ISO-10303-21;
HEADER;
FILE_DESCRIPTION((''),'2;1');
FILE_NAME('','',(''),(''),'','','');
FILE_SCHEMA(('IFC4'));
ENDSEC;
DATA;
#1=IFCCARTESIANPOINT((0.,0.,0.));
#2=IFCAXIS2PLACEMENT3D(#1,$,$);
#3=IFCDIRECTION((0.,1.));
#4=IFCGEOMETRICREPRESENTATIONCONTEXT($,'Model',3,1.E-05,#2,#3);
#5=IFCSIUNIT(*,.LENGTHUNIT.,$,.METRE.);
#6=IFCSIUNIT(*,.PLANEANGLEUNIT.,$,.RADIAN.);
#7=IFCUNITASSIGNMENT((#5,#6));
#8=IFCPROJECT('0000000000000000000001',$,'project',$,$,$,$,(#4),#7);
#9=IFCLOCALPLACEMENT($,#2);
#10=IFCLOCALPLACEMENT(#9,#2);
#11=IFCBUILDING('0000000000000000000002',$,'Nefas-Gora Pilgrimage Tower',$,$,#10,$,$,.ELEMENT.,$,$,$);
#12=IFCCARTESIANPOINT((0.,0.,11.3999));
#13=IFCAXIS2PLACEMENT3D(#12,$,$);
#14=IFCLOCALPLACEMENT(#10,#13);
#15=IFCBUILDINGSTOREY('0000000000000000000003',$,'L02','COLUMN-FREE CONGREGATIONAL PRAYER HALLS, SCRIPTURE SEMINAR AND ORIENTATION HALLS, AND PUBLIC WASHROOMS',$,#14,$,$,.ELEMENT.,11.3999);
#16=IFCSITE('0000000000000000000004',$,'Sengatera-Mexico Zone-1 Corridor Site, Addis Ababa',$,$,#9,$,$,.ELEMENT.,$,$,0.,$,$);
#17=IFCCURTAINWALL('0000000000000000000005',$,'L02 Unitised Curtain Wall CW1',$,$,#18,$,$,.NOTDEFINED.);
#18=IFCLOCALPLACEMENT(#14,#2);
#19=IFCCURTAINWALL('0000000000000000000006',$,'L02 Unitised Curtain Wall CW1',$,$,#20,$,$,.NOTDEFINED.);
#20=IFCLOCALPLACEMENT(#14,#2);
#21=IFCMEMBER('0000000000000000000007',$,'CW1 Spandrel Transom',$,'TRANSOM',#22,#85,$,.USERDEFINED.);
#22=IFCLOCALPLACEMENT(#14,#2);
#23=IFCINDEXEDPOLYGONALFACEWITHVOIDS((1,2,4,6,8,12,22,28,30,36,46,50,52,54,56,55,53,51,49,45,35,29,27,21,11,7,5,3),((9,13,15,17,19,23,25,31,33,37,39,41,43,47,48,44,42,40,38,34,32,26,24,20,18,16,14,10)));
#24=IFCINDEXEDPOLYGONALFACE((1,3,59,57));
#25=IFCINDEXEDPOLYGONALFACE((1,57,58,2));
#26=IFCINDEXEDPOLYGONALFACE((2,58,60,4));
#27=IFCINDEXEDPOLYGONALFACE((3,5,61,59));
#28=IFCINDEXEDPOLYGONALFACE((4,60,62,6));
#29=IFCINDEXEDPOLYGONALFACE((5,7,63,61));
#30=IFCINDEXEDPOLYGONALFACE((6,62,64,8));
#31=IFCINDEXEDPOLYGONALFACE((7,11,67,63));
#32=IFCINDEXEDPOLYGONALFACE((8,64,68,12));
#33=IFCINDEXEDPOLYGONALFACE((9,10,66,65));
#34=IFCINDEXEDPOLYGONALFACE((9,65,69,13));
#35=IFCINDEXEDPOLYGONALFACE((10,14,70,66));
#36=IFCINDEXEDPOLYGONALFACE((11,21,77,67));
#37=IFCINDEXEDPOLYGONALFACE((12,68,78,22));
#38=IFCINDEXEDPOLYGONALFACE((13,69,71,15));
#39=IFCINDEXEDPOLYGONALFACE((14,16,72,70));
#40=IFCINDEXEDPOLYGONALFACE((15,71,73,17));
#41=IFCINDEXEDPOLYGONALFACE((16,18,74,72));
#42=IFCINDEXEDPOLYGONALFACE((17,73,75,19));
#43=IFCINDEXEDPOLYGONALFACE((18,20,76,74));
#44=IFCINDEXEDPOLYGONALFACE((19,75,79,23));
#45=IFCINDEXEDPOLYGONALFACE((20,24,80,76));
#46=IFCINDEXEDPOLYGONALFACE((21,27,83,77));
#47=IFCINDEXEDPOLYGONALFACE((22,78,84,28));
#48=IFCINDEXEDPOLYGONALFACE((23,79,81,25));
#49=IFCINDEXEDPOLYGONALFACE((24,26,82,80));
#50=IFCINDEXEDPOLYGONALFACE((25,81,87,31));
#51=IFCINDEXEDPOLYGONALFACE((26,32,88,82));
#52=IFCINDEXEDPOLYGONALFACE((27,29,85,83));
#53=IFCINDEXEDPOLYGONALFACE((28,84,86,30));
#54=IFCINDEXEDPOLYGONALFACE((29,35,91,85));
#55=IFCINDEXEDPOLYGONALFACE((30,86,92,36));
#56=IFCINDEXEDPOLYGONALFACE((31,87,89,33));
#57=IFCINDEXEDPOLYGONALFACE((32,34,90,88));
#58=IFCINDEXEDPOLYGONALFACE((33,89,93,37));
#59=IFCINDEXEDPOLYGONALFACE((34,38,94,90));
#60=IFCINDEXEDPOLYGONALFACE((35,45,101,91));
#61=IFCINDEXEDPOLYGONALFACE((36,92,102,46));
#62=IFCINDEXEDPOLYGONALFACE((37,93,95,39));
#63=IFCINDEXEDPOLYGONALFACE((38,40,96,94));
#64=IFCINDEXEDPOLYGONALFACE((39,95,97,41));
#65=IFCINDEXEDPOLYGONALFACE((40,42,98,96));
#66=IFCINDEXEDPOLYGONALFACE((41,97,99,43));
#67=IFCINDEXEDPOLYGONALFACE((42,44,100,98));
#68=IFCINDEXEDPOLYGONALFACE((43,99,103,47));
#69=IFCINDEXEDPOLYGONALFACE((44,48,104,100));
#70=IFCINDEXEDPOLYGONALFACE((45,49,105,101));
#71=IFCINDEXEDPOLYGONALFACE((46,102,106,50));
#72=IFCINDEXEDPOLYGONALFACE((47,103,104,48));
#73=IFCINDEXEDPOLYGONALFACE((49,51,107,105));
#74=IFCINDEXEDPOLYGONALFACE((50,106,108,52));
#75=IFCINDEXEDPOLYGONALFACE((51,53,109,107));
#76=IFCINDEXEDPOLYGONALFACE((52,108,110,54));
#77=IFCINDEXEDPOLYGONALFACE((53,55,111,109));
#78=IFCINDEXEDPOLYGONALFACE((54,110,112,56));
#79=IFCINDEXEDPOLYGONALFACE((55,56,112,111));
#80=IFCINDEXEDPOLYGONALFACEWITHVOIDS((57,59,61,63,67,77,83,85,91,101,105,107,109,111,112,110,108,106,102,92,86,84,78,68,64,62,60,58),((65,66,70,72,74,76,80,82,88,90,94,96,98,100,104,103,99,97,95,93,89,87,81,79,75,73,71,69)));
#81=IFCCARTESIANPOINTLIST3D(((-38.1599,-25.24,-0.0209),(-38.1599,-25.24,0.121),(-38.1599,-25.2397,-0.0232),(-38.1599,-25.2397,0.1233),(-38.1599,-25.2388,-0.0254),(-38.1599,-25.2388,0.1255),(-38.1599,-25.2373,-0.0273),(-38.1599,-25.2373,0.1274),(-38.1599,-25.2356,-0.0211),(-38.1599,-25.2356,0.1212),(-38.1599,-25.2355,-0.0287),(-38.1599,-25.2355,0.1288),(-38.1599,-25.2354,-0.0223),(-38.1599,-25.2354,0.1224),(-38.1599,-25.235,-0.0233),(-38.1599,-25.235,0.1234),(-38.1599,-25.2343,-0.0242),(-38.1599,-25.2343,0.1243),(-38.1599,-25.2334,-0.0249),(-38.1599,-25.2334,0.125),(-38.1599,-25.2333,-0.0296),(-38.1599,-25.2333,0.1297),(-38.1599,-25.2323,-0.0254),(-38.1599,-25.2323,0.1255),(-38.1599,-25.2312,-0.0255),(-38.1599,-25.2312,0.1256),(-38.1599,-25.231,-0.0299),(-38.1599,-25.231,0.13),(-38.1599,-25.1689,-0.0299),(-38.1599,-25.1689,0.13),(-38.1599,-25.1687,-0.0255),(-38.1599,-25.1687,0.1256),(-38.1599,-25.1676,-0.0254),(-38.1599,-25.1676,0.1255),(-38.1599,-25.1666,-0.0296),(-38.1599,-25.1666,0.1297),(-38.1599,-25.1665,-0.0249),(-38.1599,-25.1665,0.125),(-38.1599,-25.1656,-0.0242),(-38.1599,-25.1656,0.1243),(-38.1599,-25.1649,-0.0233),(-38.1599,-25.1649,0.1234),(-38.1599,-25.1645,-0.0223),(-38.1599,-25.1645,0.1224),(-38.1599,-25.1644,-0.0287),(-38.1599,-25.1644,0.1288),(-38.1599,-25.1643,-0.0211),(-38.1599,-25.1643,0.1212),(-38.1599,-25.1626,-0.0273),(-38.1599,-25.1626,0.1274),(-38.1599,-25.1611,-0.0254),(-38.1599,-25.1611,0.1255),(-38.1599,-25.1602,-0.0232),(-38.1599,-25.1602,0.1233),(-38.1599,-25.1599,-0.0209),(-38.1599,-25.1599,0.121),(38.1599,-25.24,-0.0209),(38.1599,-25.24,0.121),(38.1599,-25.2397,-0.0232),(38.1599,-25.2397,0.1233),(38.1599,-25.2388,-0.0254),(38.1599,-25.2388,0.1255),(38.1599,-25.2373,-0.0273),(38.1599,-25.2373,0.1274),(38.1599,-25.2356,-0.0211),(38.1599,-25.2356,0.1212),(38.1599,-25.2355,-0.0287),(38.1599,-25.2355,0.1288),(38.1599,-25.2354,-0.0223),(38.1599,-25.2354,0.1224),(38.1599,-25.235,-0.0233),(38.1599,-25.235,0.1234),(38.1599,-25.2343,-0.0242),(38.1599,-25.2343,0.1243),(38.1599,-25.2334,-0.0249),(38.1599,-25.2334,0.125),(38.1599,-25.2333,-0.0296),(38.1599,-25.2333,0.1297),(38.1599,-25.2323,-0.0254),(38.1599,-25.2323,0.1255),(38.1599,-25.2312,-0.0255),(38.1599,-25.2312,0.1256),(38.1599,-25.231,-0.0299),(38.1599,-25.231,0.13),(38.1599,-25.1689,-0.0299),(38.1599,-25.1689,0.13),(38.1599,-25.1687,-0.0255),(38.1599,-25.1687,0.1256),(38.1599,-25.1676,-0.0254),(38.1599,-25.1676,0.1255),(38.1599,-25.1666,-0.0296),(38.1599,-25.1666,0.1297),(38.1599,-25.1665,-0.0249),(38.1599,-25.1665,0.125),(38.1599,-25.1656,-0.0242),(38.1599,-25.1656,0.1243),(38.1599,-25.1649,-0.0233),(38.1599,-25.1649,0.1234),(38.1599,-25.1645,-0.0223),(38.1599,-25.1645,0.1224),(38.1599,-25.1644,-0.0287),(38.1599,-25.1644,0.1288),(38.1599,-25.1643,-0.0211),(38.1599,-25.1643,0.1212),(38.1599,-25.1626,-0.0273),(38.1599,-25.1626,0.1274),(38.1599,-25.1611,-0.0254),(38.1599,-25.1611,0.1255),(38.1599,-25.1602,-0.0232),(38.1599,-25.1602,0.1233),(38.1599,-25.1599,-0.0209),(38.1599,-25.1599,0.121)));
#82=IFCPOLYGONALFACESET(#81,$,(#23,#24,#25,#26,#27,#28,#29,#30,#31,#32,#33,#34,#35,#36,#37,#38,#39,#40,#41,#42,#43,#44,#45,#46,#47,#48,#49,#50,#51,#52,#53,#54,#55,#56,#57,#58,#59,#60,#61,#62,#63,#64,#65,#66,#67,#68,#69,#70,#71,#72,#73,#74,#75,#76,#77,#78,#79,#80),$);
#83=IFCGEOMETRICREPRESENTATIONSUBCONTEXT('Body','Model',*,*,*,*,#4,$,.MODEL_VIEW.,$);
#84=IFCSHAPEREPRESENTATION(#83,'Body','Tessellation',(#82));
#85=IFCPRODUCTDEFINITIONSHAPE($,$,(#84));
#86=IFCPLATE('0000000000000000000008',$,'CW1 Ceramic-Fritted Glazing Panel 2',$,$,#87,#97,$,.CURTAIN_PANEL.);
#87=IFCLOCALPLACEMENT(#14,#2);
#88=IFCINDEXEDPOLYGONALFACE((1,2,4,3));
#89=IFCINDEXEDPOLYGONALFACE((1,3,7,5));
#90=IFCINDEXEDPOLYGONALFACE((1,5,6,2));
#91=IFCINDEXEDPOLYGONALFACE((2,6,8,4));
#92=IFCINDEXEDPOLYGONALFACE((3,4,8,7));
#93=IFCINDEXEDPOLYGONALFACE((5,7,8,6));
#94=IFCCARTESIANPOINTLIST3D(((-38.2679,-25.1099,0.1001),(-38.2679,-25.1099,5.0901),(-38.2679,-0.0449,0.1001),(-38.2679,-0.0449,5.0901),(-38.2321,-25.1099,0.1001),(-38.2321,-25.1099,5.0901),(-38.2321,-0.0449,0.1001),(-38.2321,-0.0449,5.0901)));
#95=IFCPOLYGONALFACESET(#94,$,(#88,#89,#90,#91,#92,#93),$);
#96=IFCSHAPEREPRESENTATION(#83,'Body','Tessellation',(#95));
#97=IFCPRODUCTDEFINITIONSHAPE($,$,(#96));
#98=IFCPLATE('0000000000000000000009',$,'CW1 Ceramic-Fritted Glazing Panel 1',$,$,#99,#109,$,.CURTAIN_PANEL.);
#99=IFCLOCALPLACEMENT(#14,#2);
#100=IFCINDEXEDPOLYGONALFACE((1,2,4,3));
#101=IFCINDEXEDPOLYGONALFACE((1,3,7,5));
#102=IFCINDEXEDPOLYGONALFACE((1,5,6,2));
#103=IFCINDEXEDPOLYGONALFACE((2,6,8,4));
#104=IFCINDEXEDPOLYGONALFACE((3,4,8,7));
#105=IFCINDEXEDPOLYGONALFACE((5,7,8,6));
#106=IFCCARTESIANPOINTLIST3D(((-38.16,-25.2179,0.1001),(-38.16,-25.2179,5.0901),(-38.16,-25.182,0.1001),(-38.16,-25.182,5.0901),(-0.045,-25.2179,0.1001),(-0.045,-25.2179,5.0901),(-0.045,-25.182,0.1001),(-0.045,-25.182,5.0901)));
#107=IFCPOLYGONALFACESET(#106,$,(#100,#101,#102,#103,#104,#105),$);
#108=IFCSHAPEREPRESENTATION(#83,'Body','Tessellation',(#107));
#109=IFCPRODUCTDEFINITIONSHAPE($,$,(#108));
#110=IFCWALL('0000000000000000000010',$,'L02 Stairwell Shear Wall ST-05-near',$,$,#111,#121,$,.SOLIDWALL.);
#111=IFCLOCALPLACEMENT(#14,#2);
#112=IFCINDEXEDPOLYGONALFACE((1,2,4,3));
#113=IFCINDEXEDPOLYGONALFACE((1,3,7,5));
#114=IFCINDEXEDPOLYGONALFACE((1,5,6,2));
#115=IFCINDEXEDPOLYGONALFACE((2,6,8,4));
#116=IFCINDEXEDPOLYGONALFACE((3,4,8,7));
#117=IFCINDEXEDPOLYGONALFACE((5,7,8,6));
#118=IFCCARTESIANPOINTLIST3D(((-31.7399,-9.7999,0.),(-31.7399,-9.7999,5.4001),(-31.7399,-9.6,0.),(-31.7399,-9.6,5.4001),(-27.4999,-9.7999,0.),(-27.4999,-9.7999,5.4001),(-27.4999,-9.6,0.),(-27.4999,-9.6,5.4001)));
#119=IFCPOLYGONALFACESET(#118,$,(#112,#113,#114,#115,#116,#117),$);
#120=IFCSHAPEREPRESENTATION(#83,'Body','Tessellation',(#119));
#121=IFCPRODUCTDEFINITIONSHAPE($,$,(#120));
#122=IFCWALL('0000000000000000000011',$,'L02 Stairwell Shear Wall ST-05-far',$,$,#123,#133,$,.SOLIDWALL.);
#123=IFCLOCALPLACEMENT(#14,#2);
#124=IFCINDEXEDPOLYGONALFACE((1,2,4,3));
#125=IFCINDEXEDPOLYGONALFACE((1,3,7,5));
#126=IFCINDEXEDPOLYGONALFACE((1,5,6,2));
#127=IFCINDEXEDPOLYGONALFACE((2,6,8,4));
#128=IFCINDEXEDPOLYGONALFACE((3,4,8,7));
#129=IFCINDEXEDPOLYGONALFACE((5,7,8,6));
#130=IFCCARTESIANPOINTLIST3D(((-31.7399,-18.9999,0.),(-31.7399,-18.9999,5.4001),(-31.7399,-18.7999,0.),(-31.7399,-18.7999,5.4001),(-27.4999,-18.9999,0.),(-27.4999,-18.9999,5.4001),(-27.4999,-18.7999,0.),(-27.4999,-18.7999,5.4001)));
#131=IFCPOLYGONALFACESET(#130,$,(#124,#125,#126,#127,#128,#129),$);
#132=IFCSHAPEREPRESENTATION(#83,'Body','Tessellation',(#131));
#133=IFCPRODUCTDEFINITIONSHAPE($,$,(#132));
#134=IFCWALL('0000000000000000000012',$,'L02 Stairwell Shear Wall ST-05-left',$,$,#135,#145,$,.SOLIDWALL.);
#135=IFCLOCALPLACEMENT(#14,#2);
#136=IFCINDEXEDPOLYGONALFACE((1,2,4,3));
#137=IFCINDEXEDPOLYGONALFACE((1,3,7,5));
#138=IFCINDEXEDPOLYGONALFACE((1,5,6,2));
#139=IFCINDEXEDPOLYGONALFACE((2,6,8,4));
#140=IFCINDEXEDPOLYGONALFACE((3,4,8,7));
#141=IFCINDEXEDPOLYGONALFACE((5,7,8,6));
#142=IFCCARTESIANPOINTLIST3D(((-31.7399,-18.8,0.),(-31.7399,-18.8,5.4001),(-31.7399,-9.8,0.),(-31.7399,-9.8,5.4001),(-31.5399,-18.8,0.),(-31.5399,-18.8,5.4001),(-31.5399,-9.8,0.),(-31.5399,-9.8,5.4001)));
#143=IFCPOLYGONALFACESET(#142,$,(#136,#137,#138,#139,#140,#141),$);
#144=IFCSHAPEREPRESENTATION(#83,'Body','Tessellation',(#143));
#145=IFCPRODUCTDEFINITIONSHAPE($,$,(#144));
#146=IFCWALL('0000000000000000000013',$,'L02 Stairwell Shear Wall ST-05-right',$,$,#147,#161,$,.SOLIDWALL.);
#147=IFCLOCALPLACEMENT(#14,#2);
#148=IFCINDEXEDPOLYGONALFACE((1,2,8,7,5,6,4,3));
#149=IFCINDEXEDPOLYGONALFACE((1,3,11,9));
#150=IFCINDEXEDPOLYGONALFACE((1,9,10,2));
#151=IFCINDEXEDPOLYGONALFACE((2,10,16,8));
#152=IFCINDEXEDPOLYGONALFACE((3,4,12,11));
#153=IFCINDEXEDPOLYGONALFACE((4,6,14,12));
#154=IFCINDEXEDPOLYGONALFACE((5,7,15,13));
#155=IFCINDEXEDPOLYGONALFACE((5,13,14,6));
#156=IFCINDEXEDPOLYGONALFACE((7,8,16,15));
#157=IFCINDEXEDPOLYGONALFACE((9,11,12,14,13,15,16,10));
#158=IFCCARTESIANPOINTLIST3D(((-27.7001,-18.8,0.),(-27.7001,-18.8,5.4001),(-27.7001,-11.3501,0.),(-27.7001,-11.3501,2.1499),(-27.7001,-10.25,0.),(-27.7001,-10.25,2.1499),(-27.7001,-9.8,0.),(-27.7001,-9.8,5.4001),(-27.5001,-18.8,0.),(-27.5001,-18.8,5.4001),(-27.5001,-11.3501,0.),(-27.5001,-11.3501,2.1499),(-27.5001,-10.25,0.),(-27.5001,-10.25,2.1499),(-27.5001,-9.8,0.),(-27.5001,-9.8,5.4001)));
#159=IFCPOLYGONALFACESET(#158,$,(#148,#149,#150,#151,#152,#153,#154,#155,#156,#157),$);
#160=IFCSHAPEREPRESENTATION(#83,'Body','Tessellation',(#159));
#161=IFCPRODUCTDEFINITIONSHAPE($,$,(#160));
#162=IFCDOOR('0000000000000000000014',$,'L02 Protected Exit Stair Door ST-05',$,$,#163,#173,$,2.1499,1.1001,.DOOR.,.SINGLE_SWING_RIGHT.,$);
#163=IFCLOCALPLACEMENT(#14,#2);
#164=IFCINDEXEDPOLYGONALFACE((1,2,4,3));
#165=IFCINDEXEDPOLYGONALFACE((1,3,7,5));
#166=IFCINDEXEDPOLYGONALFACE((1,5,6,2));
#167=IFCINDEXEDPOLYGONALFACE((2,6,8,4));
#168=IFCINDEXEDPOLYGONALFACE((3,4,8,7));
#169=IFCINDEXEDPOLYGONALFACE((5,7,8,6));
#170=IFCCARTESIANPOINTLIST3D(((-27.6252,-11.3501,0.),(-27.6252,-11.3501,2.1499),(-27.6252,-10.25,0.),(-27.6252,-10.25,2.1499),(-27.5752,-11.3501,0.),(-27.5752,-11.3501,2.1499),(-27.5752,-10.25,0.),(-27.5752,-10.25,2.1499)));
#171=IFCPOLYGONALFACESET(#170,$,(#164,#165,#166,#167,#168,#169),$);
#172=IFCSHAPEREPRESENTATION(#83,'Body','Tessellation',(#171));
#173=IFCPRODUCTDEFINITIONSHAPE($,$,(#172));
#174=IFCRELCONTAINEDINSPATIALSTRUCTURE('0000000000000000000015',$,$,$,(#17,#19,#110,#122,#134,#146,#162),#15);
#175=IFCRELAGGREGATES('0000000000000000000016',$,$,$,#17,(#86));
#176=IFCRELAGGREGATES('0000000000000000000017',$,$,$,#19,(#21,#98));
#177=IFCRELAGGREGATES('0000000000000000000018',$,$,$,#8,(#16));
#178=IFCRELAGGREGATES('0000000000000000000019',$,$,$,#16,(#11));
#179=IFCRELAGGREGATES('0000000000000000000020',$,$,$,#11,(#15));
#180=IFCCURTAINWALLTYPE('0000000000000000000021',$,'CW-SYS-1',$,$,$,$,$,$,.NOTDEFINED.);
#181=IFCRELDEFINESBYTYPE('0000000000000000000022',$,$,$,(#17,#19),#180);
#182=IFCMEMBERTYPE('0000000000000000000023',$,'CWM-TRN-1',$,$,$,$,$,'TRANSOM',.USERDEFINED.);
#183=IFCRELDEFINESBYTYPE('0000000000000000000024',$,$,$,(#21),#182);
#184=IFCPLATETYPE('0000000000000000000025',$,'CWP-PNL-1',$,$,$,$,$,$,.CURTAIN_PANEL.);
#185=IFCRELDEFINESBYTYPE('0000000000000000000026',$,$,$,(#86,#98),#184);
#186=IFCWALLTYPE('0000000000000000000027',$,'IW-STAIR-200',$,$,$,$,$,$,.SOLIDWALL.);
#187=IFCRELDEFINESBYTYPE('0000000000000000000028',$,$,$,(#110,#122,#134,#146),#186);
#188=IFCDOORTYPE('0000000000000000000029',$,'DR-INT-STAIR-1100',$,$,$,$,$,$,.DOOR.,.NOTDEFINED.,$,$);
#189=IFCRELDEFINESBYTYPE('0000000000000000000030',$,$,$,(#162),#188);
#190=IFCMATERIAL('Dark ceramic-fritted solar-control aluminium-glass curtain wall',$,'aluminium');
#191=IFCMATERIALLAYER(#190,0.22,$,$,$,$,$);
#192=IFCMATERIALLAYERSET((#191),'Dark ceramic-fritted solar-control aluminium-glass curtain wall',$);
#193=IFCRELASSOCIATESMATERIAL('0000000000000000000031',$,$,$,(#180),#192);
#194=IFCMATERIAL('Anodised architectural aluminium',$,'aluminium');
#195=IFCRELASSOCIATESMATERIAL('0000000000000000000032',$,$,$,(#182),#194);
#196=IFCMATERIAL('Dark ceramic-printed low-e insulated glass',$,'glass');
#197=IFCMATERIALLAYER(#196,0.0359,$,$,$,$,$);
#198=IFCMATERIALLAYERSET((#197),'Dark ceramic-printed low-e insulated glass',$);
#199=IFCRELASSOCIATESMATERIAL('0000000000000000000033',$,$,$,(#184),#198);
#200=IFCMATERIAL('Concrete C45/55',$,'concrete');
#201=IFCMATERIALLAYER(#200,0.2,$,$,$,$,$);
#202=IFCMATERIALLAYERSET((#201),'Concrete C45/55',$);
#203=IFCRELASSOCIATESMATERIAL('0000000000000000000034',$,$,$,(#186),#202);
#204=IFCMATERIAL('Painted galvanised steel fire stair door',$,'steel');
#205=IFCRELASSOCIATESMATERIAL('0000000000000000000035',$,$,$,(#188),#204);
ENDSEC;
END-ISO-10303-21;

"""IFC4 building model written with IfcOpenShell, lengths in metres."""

from ifc_helpers import new_model, si_unit, direction, frame, frame_2d, origin, origin_2d, place, context, subcontext, project, spatial, rectangle, hollow_rectangle, extrude, source, transform, mapped, material, layer, layer_set, material_profile, profile_set, type_object, element, fill, aggregate, save


model = new_model("IFC4")

# Units and contexts
model_context = context("Model", 3, precision=1e-05, world=origin(), true_north=direction((0.0, 1.0)))
body_context = subcontext(model_context, "Body", "Model", "MODEL_VIEW")
ifc_project = project(units=[si_unit("LENGTHUNIT", "METRE"), si_unit("PLANEANGLEUNIT", "RADIAN")], contexts=[model_context])

# Site, building, storey
site_placement = place(None, origin())
site = spatial("IfcSite", under=ifc_project, at=site_placement, Name="Sengatera-Mexico Zone-1 Corridor Site, Addis Ababa", CompositionType="ELEMENT", RefElevation=0.0)
building_placement = place(site_placement, origin())
building = spatial("IfcBuilding", under=site, at=building_placement, Name="Nefas-Gora Pilgrimage Tower", CompositionType="ELEMENT")
storey_placement = place(building_placement, frame((0.0, 0.0, 11.3999)))
storey = spatial("IfcBuildingStorey", under=building, at=storey_placement, Name="L02", Description="COLUMN-FREE CONGREGATIONAL PRAYER HALLS, SCRIPTURE SEMINAR AND ORIENTATION HALLS, AND PUBLIC WASHROOMS", CompositionType="ELEMENT", Elevation=11.3999)

# Curtain wall
ifc_material_1 = material(Name="Dark ceramic-fritted solar-control aluminium-glass curtain wall", Category="aluminium")
ifc_layer_1 = layer(ifc_material_1, 0.22)
ifc_layer_set_1 = layer_set([ifc_layer_1], Name="Dark ceramic-fritted solar-control aluminium-glass curtain wall")
curtain_wall_type = type_object("IfcCurtainWallType", Name="CW-SYS-1", PredefinedType="NOTDEFINED", material=ifc_layer_set_1)
curtain_wall_1_placement = place(storey_placement, origin())
curtain_wall_1 = element("IfcCurtainWall", 1, at=curtain_wall_1_placement, inside=storey, type_object=curtain_wall_type, Name="L02 Unitised Curtain Wall CW1", PredefinedType="NOTDEFINED")
ifc_material_2 = material(Name="Anodised architectural aluminium", Category="aluminium")

# Curtain wall, member
curtain_wall_2_placement = place(storey_placement, origin())
curtain_wall_2 = element("IfcCurtainWall", 2, at=curtain_wall_2_placement, inside=storey, type_object=curtain_wall_type, Name="L02 Unitised Curtain Wall CW1", PredefinedType="NOTDEFINED")
ifc_material_profile_1 = material_profile(ifc_material_2, hollow_rectangle(XDim=0.0801, YDim=0.1599, WallThickness=0.0044, InnerFilletRadius=0.0044, OuterFilletRadius=0.009, at=origin_2d()), Name="ALU TRANSOM 80x160")
ifc_profile_set_1 = profile_set([ifc_material_profile_1], Name="Anodised architectural aluminium")
member_type_1 = type_object("IfcMemberType", Name="CWM-TRN-1", ElementType="TRANSOM", PredefinedType="USERDEFINED", material=ifc_profile_set_1)
shared_shape_1 = source(origin(), body_context, "Body", "SweptSolid", [
    extrude(hollow_rectangle(XDim=0.0801, YDim=0.1599, WallThickness=0.0044, InnerFilletRadius=0.0044, OuterFilletRadius=0.009, at=origin_2d()), origin(), (0.0, 0.0, 1.0), 76.3198),
])
member_1_placement = place(storey_placement, frame((-38.1599, -25.2, 0.05), z_axis=(1.0, 0.0, 0.0), x_axis=(0.0, 1.0, 0.0)))
member_1 = element("IfcMember", 3, at=member_1_placement, type_object=member_type_1, Name="CW1 Spandrel Transom", ObjectType="TRANSOM", PredefinedType="USERDEFINED", context=body_context, shape_type="MappedRepresentation", body=[
    mapped(shared_shape_1, transform((0.0, 0.0, 0.0), x_axis=(1.0, 0.0, 0.0), y_axis=(0.0, 1.0, 0.0), z_axis=(0.0, 0.0, 1.0), scale=1.0)),
])

# Plates
ifc_material_3 = material(Name="Dark ceramic-printed low-e insulated glass", Category="glass")
ifc_layer_2 = layer(ifc_material_3, 0.0359)
ifc_layer_set_2 = layer_set([ifc_layer_2], Name="Dark ceramic-printed low-e insulated glass")
plate_type = type_object("IfcPlateType", Name="CWP-PNL-1", PredefinedType="CURTAIN_PANEL", material=ifc_layer_set_2)
shared_shape_2 = source(origin(), body_context, "Body", "SweptSolid", [
    extrude(rectangle(XDim=25.0649, YDim=0.0359, at=origin_2d()), origin(), (0.0, 0.0, 1.0), 4.99),
])
plate_1_placement = place(storey_placement, frame((-38.25, -12.5774, 0.1001), z_axis=(0.0, 0.0, 1.0), x_axis=(0.0, -1.0, 0.0)))
plate_1 = element("IfcPlate", 4, at=plate_1_placement, type_object=plate_type, Name="CW1 Ceramic-Fritted Glazing Panel 2", PredefinedType="CURTAIN_PANEL", context=body_context, shape_type="MappedRepresentation", body=[
    mapped(shared_shape_2, transform((0.0, 0.0, 0.0), x_axis=(1.0, 0.0, 0.0), y_axis=(0.0, 1.0, 0.0), z_axis=(0.0, 0.0, 1.0), scale=1.0)),
])
aggregate(curtain_wall_1, [plate_1])
shared_shape_3 = source(origin(), body_context, "Body", "SweptSolid", [
    extrude(rectangle(XDim=38.115, YDim=0.0359, at=origin_2d()), origin(), (0.0, 0.0, 1.0), 4.99),
])
plate_2_placement = place(storey_placement, frame((-19.1025, -25.2, 0.1001), z_axis=(0.0, 0.0, 1.0), x_axis=(1.0, 0.0, 0.0)))
plate_2 = element("IfcPlate", 5, at=plate_2_placement, type_object=plate_type, Name="CW1 Ceramic-Fritted Glazing Panel 1", PredefinedType="CURTAIN_PANEL", context=body_context, shape_type="MappedRepresentation", body=[
    mapped(shared_shape_3, transform((0.0, 0.0, 0.0), x_axis=(1.0, 0.0, 0.0), y_axis=(0.0, 1.0, 0.0), z_axis=(0.0, 0.0, 1.0), scale=1.0)),
])
aggregate(curtain_wall_2, [member_1, plate_2])

# Walls
ifc_material_4 = material(Name="Concrete C45/55", Category="concrete")
ifc_layer_3 = layer(ifc_material_4, 0.2)
ifc_layer_set_3 = layer_set([ifc_layer_3], Name="Concrete C45/55")
wall_type_1 = type_object("IfcWallType", Name="IW-STAIR-200", PredefinedType="SOLIDWALL", material=ifc_layer_set_3)
shared_shape_4 = source(origin(), body_context, "Body", "SweptSolid", [
    extrude(rectangle(XDim=4.24, YDim=0.2, at=frame_2d((2.1201, 0.0))), origin(), (0.0, 0.0, 1.0), 5.4001),
])
for number, where, z_axis, x_axis, name in (
    (6, (-31.74, -9.7, 0.0), (0.0, 0.0, 1.0), (1.0, 0.0, 0.0), "L02 Stairwell Shear Wall ST-05-near"),
    (7, (-31.74, -18.8999, 0.0), (0.0, 0.0, 1.0), (1.0, 0.0, 0.0), "L02 Stairwell Shear Wall ST-05-far"),
):
    element("IfcWall", number, at=place(storey_placement, frame(where, z_axis=z_axis, x_axis=x_axis)), inside=storey, type_object=wall_type_1, Name=name, PredefinedType="SOLIDWALL", context=body_context, shape_type="MappedRepresentation", body=[
        mapped(shared_shape_4, transform((0.0, 0.0, 0.0), x_axis=(1.0, 0.0, 0.0), y_axis=(0.0, 1.0, 0.0), z_axis=(0.0, 0.0, 1.0), scale=1.0)),
    ])
shared_shape_5 = source(origin(), body_context, "Body", "SweptSolid", [
    extrude(rectangle(XDim=9.0, YDim=0.2, at=frame_2d((4.5, 0.0))), origin(), (0.0, 0.0, 1.0), 5.4001),
])
wall_1_placement = place(storey_placement, frame((-31.6399, -9.8, 0.0), z_axis=(0.0, 0.0, 1.0), x_axis=(0.0, -1.0, 0.0)))
element("IfcWall", 8, at=wall_1_placement, inside=storey, type_object=wall_type_1, Name="L02 Stairwell Shear Wall ST-05-left", PredefinedType="SOLIDWALL", context=body_context, shape_type="MappedRepresentation", body=[
    mapped(shared_shape_5, transform((0.0, 0.0, 0.0), x_axis=(1.0, 0.0, 0.0), y_axis=(0.0, 1.0, 0.0), z_axis=(0.0, 0.0, 1.0), scale=1.0)),
])

# Wall, opening, door
wall_2_placement = place(storey_placement, frame((-27.6001, -9.8, 0.0), z_axis=(0.0, 0.0, 1.0), x_axis=(0.0, -1.0, 0.0)))
wall_2 = element("IfcWall", 9, at=wall_2_placement, inside=storey, type_object=wall_type_1, Name="L02 Stairwell Shear Wall ST-05-right", PredefinedType="SOLIDWALL", context=body_context, shape_type="MappedRepresentation", body=[
    mapped(shared_shape_5, transform((0.0, 0.0, 0.0), x_axis=(1.0, 0.0, 0.0), y_axis=(0.0, 1.0, 0.0), z_axis=(0.0, 0.0, 1.0), scale=1.0)),
])
opening_1_placement = place(wall_2_placement, frame((0.45, 0.0, 0.0)))
opening_1 = element("IfcOpeningElement", 10, at=opening_1_placement, cuts=wall_2, PredefinedType="OPENING", context=body_context, shape_type="SweptSolid", body=[
    extrude(rectangle(XDim=1.1001, YDim=2.1499, at=frame_2d((0.55, 1.075))), frame((0.0, 0.1099, 0.0), z_axis=(0.0, -1.0, 0.0), x_axis=(1.0, 0.0, 0.0)), (0.0, 0.0, 1.0), 0.22),
])
ifc_material_5 = material(Name="Painted galvanised steel fire stair door", Category="steel")
door_type_1 = type_object("IfcDoorType", Name="DR-INT-STAIR-1100", OperationType="NOTDEFINED", PredefinedType="DOOR", material=ifc_material_5)
shared_shape_6 = source(origin(), body_context, "Body", "SweptSolid", [
    extrude(rectangle(XDim=1.1001, YDim=2.1499, at=frame_2d((0.55, 1.075))), frame((0.0, 0.0249, 0.0), z_axis=(0.0, -1.0, 0.0), x_axis=(1.0, 0.0, 0.0)), (0.0, 0.0, 1.0), 0.05),
])
door_1_placement = place(opening_1_placement, origin())
door_1 = element("IfcDoor", 11, at=door_1_placement, inside=storey, type_object=door_type_1, Name="L02 Protected Exit Stair Door ST-05", OperationType="SINGLE_SWING_RIGHT", OverallHeight=2.1499, OverallWidth=1.1001, PredefinedType="DOOR", context=body_context, shape_type="MappedRepresentation", body=[
    mapped(shared_shape_6, transform((0.0, 0.0, 0.0), x_axis=(1.0, 0.0, 0.0), y_axis=(0.0, 1.0, 0.0), z_axis=(0.0, 0.0, 1.0), scale=1.0)),
])
fill(opening_1, door_1)

save(model, "model.ifc")
